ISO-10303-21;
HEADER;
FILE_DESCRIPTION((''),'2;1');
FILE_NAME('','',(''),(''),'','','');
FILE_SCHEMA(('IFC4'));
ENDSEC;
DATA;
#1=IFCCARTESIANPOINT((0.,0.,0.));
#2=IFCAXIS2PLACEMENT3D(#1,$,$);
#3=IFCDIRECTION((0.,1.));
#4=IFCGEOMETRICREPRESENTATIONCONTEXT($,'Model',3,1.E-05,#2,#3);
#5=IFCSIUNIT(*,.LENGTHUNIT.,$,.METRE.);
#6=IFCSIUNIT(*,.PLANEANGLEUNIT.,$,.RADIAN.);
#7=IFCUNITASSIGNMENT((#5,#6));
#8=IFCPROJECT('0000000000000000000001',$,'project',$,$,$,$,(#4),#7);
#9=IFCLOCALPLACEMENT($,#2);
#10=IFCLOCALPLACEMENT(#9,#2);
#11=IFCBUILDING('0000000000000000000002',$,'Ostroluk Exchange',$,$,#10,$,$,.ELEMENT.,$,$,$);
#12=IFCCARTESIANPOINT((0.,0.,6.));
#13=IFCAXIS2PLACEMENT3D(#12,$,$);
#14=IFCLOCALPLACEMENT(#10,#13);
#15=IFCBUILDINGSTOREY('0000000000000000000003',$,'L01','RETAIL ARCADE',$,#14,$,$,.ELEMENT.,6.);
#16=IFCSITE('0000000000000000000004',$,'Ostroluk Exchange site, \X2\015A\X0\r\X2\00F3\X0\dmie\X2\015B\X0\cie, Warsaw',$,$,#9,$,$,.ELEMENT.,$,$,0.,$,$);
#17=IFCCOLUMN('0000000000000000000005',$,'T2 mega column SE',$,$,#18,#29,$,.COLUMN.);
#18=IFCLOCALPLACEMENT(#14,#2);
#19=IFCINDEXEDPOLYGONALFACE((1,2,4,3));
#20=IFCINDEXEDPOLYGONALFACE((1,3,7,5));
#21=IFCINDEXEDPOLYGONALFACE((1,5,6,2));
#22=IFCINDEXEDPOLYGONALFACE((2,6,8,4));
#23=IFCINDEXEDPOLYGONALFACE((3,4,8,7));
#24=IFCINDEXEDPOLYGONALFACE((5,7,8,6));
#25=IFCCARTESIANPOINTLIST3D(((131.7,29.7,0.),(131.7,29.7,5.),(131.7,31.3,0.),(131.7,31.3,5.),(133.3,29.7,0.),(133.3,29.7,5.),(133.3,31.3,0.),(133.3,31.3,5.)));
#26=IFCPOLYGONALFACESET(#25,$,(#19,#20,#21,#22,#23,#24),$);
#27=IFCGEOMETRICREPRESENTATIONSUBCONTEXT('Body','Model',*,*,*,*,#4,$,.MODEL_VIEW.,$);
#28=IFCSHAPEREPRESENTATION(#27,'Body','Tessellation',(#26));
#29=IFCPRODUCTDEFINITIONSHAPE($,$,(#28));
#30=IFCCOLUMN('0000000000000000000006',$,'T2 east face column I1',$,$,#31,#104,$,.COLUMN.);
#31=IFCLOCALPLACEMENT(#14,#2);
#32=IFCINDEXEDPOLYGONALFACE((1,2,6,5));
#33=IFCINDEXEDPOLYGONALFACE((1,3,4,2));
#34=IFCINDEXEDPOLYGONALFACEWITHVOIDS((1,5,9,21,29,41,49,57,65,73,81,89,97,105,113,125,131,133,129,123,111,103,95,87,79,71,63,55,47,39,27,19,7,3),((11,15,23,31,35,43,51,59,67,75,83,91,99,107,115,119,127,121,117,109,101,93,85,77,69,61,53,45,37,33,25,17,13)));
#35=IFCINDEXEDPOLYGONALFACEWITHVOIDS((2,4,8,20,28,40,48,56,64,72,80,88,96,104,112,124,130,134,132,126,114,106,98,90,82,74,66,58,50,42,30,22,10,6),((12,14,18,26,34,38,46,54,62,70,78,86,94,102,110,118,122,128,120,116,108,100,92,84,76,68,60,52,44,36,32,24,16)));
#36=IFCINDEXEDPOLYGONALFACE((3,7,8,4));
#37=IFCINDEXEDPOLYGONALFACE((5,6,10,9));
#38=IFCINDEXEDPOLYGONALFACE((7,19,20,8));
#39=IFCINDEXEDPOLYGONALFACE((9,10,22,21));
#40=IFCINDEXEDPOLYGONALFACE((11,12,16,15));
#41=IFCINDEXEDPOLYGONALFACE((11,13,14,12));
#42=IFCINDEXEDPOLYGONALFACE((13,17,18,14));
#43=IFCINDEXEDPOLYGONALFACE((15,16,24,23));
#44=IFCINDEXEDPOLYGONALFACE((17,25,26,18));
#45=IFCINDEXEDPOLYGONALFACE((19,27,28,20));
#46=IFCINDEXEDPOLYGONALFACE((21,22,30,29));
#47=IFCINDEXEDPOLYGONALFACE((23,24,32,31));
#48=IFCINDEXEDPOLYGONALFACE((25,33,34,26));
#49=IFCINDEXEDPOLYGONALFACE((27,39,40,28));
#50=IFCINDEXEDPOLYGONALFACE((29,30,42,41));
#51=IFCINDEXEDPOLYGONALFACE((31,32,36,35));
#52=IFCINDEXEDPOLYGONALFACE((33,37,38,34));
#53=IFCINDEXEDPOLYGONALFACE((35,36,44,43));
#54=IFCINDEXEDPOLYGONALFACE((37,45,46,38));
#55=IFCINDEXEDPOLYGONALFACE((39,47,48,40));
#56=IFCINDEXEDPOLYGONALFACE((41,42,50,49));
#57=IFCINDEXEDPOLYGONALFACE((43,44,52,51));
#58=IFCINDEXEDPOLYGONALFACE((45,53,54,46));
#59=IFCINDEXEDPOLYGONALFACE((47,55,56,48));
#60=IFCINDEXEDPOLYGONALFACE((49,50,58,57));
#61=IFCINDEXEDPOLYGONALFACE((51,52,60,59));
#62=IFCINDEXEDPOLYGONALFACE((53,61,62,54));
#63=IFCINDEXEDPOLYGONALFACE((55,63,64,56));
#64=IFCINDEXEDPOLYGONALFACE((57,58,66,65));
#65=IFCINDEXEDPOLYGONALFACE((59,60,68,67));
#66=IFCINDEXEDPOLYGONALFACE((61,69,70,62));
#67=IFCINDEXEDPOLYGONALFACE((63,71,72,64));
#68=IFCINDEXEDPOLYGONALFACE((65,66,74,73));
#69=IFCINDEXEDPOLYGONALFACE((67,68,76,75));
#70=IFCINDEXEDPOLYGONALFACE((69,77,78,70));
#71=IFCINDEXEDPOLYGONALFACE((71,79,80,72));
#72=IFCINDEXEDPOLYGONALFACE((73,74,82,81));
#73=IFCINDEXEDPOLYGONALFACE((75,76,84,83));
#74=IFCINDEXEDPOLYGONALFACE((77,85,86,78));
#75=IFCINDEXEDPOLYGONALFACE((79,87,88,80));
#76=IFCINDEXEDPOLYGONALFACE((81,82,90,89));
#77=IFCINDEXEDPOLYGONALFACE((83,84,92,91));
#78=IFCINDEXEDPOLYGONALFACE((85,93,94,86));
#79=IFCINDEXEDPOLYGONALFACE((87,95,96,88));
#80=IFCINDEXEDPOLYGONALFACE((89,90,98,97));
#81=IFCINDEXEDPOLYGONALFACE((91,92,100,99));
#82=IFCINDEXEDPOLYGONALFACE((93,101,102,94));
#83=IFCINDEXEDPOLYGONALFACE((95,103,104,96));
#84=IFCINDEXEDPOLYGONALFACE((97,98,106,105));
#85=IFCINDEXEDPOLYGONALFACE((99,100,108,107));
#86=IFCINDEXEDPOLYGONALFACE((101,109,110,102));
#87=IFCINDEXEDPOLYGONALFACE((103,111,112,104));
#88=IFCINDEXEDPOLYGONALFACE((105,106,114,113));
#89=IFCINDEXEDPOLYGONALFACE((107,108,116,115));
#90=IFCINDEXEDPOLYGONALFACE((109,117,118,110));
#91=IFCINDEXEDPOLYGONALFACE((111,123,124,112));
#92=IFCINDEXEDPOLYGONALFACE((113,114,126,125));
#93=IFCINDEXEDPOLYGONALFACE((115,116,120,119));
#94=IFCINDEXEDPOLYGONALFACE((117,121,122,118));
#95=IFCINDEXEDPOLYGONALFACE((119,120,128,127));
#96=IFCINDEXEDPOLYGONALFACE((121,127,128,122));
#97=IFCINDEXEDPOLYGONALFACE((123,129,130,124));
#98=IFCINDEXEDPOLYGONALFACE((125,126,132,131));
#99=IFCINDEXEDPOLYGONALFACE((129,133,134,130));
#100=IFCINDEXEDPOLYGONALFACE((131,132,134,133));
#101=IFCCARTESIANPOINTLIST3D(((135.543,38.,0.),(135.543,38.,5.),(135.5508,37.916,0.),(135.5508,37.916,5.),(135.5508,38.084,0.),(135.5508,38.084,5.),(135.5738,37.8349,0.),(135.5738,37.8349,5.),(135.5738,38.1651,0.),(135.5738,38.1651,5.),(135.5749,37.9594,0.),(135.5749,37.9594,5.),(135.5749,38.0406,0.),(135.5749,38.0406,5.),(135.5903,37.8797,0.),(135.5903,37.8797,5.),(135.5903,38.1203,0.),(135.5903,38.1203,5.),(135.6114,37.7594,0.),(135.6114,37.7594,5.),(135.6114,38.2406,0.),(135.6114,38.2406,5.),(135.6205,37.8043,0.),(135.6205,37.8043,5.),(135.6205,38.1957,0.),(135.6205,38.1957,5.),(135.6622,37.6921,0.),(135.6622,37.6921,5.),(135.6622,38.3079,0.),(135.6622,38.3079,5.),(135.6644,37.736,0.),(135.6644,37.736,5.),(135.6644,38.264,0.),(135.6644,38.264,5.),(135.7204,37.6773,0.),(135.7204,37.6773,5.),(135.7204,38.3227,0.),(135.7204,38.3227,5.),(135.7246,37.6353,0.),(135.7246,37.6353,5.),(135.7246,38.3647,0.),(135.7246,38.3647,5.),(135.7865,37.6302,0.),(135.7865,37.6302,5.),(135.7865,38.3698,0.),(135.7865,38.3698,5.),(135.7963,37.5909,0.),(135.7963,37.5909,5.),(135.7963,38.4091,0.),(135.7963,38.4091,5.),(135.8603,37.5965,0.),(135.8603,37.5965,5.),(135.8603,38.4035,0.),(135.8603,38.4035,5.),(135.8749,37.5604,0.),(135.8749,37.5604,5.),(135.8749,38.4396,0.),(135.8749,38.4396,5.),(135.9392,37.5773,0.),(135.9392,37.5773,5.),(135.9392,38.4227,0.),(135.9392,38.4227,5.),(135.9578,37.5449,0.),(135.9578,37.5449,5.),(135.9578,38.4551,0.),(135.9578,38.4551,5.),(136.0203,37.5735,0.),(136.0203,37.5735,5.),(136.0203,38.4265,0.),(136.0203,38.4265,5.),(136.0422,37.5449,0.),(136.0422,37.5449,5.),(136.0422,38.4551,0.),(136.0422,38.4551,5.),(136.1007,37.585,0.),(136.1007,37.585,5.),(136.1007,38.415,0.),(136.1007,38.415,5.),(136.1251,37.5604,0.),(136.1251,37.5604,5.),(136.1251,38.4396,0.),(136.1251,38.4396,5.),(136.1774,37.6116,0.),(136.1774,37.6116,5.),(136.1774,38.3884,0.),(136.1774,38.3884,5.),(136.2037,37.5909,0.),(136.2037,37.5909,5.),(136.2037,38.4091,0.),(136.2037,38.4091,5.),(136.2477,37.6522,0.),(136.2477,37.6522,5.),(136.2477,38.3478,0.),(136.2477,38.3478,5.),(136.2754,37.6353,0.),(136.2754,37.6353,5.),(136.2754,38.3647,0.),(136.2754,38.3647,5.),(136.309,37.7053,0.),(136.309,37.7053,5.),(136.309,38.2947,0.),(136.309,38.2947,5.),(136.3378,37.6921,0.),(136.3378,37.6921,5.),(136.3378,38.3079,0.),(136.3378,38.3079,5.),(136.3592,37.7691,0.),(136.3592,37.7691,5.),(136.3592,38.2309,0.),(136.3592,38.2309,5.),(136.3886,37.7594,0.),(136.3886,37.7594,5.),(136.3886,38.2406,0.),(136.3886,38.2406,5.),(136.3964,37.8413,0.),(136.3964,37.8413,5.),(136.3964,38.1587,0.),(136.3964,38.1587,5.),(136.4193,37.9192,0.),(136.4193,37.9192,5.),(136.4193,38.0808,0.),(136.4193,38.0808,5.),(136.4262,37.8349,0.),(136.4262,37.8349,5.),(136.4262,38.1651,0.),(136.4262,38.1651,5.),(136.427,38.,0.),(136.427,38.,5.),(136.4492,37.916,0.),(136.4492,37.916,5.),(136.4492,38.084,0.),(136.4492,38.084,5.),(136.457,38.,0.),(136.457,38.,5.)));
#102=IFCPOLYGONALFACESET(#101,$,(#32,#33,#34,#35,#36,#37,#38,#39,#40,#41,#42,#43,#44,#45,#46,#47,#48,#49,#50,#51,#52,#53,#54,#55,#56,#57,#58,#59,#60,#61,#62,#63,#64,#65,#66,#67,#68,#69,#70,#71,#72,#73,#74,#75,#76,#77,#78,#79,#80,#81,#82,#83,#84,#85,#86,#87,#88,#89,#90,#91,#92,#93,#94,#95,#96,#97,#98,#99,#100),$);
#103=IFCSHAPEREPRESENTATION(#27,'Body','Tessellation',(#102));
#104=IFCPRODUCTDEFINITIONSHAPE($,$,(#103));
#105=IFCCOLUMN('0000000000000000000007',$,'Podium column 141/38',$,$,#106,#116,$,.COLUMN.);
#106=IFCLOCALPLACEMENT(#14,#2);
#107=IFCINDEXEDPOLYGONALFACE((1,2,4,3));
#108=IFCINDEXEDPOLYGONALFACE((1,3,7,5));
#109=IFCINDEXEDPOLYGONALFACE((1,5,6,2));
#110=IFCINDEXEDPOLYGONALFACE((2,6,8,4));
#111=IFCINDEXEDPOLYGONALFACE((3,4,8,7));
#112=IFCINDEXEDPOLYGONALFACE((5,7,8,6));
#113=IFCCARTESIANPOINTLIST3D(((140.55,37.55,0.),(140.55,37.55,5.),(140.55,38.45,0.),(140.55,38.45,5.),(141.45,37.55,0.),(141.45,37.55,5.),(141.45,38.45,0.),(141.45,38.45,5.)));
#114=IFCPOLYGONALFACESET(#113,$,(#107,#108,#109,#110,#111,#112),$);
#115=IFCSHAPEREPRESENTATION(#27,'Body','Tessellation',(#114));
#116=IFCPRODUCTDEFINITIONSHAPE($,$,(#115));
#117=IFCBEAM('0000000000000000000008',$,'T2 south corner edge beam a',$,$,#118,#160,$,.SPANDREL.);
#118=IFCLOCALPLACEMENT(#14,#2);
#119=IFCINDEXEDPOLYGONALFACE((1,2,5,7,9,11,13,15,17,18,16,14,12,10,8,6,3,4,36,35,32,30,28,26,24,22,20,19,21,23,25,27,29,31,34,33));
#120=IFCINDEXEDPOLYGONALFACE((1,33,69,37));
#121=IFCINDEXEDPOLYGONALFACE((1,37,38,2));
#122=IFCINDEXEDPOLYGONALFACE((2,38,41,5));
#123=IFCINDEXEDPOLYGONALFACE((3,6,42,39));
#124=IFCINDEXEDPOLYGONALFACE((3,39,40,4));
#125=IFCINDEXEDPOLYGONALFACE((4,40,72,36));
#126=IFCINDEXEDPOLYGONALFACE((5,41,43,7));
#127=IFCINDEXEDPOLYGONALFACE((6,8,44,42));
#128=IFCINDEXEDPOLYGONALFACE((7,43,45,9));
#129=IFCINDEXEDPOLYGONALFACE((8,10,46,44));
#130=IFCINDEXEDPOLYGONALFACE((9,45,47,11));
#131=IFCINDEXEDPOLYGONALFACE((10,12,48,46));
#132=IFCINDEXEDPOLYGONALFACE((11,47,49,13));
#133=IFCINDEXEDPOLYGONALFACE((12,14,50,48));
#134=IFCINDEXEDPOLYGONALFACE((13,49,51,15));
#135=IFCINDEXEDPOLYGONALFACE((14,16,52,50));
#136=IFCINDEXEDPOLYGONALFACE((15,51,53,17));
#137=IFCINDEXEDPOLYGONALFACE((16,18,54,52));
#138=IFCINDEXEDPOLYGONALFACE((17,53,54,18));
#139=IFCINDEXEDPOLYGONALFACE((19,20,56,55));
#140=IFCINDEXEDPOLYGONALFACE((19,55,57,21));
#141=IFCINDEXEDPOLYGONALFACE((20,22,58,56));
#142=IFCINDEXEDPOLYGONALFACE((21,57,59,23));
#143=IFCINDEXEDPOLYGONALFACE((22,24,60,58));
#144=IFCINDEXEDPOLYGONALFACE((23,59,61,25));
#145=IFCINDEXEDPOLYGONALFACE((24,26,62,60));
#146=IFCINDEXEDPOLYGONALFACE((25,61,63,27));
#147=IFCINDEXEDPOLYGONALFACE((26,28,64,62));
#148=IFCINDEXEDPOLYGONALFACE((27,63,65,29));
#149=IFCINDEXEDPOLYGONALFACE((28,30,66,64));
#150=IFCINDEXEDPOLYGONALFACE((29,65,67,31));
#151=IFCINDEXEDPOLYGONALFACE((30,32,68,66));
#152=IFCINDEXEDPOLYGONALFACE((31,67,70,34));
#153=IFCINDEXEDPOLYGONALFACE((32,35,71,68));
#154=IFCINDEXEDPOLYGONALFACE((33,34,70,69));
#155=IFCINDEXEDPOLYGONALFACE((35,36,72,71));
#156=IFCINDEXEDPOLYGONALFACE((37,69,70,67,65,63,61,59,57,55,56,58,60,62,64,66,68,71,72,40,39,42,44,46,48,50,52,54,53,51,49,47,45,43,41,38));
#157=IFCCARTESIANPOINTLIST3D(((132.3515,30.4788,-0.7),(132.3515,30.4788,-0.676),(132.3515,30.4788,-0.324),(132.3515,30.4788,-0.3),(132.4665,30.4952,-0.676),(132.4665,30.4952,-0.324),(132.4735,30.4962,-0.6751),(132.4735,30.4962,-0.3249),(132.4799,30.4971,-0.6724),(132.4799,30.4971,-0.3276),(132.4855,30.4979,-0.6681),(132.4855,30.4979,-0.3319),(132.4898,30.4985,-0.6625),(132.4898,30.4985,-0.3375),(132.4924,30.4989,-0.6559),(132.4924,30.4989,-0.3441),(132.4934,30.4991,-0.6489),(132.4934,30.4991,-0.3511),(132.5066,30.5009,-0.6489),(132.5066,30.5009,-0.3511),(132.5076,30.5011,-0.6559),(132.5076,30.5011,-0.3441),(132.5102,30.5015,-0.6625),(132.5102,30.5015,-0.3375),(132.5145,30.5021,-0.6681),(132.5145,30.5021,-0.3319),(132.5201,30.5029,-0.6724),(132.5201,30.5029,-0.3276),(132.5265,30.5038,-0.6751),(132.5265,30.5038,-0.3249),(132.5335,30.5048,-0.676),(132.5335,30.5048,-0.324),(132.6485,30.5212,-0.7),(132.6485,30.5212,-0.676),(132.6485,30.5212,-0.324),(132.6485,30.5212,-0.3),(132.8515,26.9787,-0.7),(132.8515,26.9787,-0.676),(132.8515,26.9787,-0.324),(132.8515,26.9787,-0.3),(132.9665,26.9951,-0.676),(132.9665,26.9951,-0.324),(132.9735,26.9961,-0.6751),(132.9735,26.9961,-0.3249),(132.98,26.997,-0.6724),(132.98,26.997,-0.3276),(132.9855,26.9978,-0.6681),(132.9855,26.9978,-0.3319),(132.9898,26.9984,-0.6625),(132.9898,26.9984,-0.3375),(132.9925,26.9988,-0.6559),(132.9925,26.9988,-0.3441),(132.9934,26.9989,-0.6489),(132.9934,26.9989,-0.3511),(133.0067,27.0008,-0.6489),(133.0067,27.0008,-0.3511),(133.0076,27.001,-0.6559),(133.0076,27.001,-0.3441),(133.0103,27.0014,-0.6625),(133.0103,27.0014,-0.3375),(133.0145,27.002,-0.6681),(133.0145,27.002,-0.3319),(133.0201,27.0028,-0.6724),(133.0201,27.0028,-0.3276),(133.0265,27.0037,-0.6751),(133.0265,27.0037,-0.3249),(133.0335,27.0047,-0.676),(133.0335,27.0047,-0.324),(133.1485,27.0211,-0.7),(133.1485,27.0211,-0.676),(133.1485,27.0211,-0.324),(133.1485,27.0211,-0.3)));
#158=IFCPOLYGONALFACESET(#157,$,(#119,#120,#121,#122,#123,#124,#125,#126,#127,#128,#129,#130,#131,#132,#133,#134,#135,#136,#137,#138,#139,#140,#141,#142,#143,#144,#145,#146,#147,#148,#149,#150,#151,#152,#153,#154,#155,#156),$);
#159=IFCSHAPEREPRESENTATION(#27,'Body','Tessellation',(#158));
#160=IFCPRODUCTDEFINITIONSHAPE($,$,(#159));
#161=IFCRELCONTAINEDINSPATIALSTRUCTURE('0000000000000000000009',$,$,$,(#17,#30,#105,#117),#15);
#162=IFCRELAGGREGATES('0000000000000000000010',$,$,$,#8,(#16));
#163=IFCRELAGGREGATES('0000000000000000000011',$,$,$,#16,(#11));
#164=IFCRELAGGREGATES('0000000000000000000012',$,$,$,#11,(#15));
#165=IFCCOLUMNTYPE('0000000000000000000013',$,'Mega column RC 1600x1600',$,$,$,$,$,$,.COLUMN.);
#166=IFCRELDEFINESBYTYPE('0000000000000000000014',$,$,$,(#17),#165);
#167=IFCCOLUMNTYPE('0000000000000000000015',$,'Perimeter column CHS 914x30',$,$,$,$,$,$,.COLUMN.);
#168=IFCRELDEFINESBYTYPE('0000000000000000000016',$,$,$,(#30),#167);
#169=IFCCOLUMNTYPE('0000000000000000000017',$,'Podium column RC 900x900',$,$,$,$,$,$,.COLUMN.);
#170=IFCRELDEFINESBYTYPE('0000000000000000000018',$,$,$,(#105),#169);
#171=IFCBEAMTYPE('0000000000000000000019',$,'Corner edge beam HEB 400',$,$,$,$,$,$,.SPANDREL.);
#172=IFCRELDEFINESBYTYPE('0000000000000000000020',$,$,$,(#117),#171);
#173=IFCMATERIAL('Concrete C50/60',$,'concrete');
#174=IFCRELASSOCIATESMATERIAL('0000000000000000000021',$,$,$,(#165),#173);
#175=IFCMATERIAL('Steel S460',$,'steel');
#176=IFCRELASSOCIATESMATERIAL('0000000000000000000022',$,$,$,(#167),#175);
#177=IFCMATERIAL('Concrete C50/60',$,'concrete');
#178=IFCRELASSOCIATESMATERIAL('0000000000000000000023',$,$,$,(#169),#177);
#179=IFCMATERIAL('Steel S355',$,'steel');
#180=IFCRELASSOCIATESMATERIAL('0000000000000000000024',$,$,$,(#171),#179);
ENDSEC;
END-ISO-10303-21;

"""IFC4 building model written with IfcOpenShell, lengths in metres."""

from ifc_helpers import new_model, si_unit, direction, frame, origin, origin_2d, place, context, subcontext, project, spatial, rectangle, hollow_circle, i_section, extrude, material, material_profile, profile_set, type_object, element, save


model = new_model("IFC4")

# Units and contexts
model_context = context("Model", 3, precision=1e-05, world=origin(), true_north=direction((0.0, 1.0)))
body_context = subcontext(model_context, "Body", "Model", "MODEL_VIEW")
ifc_project = project(units=[si_unit("LENGTHUNIT", "METRE"), si_unit("PLANEANGLEUNIT", "RADIAN")], contexts=[model_context])

# Site, building, storey
site_placement = place(None, origin())
site = spatial("IfcSite", under=ifc_project, at=site_placement, Name="Ostroluk Exchange site, Śródmieście, Warsaw", CompositionType="ELEMENT", RefElevation=0.0)
building_placement = place(site_placement, origin())
building = spatial("IfcBuilding", under=site, at=building_placement, Name="Ostroluk Exchange", CompositionType="ELEMENT")
storey_placement = place(building_placement, frame((0.0, 0.0, 6.0)))
storey = spatial("IfcBuildingStorey", under=building, at=storey_placement, Name="L01", Description="RETAIL ARCADE", CompositionType="ELEMENT", Elevation=6.0)

# Columns
ifc_material_1 = material(Name="Concrete C50/60", Category="concrete")
ifc_material_profile_1 = material_profile(ifc_material_1, rectangle(XDim=1.6001, YDim=1.6001, at=origin_2d()), Name="RC 1600x1600")
ifc_profile_set_1 = profile_set([ifc_material_profile_1], Name="Concrete C50/60")
column_type_1 = type_object("IfcColumnType", Name="Mega column RC 1600x1600", PredefinedType="COLUMN", material=ifc_profile_set_1)
column_1_placement = place(storey_placement, frame((132.5, 30.5, 0.0), z_axis=(0.0, 0.0, 1.0), x_axis=(1.0, 0.0, 0.0)))
element("IfcColumn", 1, at=column_1_placement, inside=storey, type_object=column_type_1, Name="T2 mega column SE", PredefinedType="COLUMN", context=body_context, shape_type="SweptSolid", body=[
    extrude(rectangle(XDim=1.6001, YDim=1.6001, at=origin_2d()), origin(), (0.0, 0.0, 1.0), 5.0),
])
ifc_material_2 = material(Name="Steel S460", Category="steel")
ifc_material_profile_2 = material_profile(ifc_material_2, hollow_circle(Radius=0.457, WallThickness=0.03, at=origin_2d()), Name="CHS 914x30")
ifc_profile_set_2 = profile_set([ifc_material_profile_2], Name="Steel S460")
column_type_2 = type_object("IfcColumnType", Name="Perimeter column CHS 914x30", PredefinedType="COLUMN", material=ifc_profile_set_2)
column_2_placement = place(storey_placement, frame((136.0, 38.0, 0.0), z_axis=(0.0, 0.0, 1.0), x_axis=(1.0, 0.0, 0.0)))
element("IfcColumn", 2, at=column_2_placement, inside=storey, type_object=column_type_2, Name="T2 east face column I1", PredefinedType="COLUMN", context=body_context, shape_type="SweptSolid", body=[
    extrude(hollow_circle(Radius=0.457, WallThickness=0.03, at=origin_2d()), origin(), (0.0, 0.0, 1.0), 5.0),
])
ifc_material_3 = material(Name="Concrete C50/60", Category="concrete")
ifc_material_profile_3 = material_profile(ifc_material_3, rectangle(XDim=0.8999, YDim=0.8999, at=origin_2d()), Name="RC 900x900")
ifc_profile_set_3 = profile_set([ifc_material_profile_3], Name="Concrete C50/60")
column_type_3 = type_object("IfcColumnType", Name="Podium column RC 900x900", PredefinedType="COLUMN", material=ifc_profile_set_3)
column_3_placement = place(storey_placement, frame((141.0, 38.0, 0.0), z_axis=(0.0, 0.0, 1.0), x_axis=(1.0, 0.0, 0.0)))
element("IfcColumn", 3, at=column_3_placement, inside=storey, type_object=column_type_3, Name="Podium column 141/38", PredefinedType="COLUMN", context=body_context, shape_type="SweptSolid", body=[
    extrude(rectangle(XDim=0.8999, YDim=0.8999, at=origin_2d()), origin(), (0.0, 0.0, 1.0), 5.0),
])

# Beam
ifc_material_4 = material(Name="Steel S355", Category="steel")
ifc_material_profile_4 = material_profile(ifc_material_4, i_section(OverallWidth=0.3, OverallDepth=0.3999, WebThickness=0.0134, FlangeThickness=0.0239, FilletRadius=0.0271, at=origin_2d()), Name="HEB 400")
ifc_profile_set_4 = profile_set([ifc_material_profile_4], Name="Steel S355")
beam_type_1 = type_object("IfcBeamType", Name="Corner edge beam HEB 400", PredefinedType="SPANDREL", material=ifc_profile_set_4)
for number, where, z_axis, x_axis, name in (
    (4, (132.5, 30.5, -0.5), (0.141421, -0.989949, 0.0), (0.989949, 0.141421, 0.0), "T2 south corner edge beam a"),
):
    element("IfcBeam", number, at=place(storey_placement, frame(where, z_axis=z_axis, x_axis=x_axis)), inside=storey, type_object=beam_type_1, Name=name, PredefinedType="SPANDREL", context=body_context, shape_type="SweptSolid", body=[
        extrude(i_section(OverallWidth=0.3, OverallDepth=0.3999, WebThickness=0.0134, FlangeThickness=0.0239, FilletRadius=0.0271, at=origin_2d()), origin(), (0.0, 0.0, 1.0), 3.5356),
    ])

save(model, "model.ifc")
